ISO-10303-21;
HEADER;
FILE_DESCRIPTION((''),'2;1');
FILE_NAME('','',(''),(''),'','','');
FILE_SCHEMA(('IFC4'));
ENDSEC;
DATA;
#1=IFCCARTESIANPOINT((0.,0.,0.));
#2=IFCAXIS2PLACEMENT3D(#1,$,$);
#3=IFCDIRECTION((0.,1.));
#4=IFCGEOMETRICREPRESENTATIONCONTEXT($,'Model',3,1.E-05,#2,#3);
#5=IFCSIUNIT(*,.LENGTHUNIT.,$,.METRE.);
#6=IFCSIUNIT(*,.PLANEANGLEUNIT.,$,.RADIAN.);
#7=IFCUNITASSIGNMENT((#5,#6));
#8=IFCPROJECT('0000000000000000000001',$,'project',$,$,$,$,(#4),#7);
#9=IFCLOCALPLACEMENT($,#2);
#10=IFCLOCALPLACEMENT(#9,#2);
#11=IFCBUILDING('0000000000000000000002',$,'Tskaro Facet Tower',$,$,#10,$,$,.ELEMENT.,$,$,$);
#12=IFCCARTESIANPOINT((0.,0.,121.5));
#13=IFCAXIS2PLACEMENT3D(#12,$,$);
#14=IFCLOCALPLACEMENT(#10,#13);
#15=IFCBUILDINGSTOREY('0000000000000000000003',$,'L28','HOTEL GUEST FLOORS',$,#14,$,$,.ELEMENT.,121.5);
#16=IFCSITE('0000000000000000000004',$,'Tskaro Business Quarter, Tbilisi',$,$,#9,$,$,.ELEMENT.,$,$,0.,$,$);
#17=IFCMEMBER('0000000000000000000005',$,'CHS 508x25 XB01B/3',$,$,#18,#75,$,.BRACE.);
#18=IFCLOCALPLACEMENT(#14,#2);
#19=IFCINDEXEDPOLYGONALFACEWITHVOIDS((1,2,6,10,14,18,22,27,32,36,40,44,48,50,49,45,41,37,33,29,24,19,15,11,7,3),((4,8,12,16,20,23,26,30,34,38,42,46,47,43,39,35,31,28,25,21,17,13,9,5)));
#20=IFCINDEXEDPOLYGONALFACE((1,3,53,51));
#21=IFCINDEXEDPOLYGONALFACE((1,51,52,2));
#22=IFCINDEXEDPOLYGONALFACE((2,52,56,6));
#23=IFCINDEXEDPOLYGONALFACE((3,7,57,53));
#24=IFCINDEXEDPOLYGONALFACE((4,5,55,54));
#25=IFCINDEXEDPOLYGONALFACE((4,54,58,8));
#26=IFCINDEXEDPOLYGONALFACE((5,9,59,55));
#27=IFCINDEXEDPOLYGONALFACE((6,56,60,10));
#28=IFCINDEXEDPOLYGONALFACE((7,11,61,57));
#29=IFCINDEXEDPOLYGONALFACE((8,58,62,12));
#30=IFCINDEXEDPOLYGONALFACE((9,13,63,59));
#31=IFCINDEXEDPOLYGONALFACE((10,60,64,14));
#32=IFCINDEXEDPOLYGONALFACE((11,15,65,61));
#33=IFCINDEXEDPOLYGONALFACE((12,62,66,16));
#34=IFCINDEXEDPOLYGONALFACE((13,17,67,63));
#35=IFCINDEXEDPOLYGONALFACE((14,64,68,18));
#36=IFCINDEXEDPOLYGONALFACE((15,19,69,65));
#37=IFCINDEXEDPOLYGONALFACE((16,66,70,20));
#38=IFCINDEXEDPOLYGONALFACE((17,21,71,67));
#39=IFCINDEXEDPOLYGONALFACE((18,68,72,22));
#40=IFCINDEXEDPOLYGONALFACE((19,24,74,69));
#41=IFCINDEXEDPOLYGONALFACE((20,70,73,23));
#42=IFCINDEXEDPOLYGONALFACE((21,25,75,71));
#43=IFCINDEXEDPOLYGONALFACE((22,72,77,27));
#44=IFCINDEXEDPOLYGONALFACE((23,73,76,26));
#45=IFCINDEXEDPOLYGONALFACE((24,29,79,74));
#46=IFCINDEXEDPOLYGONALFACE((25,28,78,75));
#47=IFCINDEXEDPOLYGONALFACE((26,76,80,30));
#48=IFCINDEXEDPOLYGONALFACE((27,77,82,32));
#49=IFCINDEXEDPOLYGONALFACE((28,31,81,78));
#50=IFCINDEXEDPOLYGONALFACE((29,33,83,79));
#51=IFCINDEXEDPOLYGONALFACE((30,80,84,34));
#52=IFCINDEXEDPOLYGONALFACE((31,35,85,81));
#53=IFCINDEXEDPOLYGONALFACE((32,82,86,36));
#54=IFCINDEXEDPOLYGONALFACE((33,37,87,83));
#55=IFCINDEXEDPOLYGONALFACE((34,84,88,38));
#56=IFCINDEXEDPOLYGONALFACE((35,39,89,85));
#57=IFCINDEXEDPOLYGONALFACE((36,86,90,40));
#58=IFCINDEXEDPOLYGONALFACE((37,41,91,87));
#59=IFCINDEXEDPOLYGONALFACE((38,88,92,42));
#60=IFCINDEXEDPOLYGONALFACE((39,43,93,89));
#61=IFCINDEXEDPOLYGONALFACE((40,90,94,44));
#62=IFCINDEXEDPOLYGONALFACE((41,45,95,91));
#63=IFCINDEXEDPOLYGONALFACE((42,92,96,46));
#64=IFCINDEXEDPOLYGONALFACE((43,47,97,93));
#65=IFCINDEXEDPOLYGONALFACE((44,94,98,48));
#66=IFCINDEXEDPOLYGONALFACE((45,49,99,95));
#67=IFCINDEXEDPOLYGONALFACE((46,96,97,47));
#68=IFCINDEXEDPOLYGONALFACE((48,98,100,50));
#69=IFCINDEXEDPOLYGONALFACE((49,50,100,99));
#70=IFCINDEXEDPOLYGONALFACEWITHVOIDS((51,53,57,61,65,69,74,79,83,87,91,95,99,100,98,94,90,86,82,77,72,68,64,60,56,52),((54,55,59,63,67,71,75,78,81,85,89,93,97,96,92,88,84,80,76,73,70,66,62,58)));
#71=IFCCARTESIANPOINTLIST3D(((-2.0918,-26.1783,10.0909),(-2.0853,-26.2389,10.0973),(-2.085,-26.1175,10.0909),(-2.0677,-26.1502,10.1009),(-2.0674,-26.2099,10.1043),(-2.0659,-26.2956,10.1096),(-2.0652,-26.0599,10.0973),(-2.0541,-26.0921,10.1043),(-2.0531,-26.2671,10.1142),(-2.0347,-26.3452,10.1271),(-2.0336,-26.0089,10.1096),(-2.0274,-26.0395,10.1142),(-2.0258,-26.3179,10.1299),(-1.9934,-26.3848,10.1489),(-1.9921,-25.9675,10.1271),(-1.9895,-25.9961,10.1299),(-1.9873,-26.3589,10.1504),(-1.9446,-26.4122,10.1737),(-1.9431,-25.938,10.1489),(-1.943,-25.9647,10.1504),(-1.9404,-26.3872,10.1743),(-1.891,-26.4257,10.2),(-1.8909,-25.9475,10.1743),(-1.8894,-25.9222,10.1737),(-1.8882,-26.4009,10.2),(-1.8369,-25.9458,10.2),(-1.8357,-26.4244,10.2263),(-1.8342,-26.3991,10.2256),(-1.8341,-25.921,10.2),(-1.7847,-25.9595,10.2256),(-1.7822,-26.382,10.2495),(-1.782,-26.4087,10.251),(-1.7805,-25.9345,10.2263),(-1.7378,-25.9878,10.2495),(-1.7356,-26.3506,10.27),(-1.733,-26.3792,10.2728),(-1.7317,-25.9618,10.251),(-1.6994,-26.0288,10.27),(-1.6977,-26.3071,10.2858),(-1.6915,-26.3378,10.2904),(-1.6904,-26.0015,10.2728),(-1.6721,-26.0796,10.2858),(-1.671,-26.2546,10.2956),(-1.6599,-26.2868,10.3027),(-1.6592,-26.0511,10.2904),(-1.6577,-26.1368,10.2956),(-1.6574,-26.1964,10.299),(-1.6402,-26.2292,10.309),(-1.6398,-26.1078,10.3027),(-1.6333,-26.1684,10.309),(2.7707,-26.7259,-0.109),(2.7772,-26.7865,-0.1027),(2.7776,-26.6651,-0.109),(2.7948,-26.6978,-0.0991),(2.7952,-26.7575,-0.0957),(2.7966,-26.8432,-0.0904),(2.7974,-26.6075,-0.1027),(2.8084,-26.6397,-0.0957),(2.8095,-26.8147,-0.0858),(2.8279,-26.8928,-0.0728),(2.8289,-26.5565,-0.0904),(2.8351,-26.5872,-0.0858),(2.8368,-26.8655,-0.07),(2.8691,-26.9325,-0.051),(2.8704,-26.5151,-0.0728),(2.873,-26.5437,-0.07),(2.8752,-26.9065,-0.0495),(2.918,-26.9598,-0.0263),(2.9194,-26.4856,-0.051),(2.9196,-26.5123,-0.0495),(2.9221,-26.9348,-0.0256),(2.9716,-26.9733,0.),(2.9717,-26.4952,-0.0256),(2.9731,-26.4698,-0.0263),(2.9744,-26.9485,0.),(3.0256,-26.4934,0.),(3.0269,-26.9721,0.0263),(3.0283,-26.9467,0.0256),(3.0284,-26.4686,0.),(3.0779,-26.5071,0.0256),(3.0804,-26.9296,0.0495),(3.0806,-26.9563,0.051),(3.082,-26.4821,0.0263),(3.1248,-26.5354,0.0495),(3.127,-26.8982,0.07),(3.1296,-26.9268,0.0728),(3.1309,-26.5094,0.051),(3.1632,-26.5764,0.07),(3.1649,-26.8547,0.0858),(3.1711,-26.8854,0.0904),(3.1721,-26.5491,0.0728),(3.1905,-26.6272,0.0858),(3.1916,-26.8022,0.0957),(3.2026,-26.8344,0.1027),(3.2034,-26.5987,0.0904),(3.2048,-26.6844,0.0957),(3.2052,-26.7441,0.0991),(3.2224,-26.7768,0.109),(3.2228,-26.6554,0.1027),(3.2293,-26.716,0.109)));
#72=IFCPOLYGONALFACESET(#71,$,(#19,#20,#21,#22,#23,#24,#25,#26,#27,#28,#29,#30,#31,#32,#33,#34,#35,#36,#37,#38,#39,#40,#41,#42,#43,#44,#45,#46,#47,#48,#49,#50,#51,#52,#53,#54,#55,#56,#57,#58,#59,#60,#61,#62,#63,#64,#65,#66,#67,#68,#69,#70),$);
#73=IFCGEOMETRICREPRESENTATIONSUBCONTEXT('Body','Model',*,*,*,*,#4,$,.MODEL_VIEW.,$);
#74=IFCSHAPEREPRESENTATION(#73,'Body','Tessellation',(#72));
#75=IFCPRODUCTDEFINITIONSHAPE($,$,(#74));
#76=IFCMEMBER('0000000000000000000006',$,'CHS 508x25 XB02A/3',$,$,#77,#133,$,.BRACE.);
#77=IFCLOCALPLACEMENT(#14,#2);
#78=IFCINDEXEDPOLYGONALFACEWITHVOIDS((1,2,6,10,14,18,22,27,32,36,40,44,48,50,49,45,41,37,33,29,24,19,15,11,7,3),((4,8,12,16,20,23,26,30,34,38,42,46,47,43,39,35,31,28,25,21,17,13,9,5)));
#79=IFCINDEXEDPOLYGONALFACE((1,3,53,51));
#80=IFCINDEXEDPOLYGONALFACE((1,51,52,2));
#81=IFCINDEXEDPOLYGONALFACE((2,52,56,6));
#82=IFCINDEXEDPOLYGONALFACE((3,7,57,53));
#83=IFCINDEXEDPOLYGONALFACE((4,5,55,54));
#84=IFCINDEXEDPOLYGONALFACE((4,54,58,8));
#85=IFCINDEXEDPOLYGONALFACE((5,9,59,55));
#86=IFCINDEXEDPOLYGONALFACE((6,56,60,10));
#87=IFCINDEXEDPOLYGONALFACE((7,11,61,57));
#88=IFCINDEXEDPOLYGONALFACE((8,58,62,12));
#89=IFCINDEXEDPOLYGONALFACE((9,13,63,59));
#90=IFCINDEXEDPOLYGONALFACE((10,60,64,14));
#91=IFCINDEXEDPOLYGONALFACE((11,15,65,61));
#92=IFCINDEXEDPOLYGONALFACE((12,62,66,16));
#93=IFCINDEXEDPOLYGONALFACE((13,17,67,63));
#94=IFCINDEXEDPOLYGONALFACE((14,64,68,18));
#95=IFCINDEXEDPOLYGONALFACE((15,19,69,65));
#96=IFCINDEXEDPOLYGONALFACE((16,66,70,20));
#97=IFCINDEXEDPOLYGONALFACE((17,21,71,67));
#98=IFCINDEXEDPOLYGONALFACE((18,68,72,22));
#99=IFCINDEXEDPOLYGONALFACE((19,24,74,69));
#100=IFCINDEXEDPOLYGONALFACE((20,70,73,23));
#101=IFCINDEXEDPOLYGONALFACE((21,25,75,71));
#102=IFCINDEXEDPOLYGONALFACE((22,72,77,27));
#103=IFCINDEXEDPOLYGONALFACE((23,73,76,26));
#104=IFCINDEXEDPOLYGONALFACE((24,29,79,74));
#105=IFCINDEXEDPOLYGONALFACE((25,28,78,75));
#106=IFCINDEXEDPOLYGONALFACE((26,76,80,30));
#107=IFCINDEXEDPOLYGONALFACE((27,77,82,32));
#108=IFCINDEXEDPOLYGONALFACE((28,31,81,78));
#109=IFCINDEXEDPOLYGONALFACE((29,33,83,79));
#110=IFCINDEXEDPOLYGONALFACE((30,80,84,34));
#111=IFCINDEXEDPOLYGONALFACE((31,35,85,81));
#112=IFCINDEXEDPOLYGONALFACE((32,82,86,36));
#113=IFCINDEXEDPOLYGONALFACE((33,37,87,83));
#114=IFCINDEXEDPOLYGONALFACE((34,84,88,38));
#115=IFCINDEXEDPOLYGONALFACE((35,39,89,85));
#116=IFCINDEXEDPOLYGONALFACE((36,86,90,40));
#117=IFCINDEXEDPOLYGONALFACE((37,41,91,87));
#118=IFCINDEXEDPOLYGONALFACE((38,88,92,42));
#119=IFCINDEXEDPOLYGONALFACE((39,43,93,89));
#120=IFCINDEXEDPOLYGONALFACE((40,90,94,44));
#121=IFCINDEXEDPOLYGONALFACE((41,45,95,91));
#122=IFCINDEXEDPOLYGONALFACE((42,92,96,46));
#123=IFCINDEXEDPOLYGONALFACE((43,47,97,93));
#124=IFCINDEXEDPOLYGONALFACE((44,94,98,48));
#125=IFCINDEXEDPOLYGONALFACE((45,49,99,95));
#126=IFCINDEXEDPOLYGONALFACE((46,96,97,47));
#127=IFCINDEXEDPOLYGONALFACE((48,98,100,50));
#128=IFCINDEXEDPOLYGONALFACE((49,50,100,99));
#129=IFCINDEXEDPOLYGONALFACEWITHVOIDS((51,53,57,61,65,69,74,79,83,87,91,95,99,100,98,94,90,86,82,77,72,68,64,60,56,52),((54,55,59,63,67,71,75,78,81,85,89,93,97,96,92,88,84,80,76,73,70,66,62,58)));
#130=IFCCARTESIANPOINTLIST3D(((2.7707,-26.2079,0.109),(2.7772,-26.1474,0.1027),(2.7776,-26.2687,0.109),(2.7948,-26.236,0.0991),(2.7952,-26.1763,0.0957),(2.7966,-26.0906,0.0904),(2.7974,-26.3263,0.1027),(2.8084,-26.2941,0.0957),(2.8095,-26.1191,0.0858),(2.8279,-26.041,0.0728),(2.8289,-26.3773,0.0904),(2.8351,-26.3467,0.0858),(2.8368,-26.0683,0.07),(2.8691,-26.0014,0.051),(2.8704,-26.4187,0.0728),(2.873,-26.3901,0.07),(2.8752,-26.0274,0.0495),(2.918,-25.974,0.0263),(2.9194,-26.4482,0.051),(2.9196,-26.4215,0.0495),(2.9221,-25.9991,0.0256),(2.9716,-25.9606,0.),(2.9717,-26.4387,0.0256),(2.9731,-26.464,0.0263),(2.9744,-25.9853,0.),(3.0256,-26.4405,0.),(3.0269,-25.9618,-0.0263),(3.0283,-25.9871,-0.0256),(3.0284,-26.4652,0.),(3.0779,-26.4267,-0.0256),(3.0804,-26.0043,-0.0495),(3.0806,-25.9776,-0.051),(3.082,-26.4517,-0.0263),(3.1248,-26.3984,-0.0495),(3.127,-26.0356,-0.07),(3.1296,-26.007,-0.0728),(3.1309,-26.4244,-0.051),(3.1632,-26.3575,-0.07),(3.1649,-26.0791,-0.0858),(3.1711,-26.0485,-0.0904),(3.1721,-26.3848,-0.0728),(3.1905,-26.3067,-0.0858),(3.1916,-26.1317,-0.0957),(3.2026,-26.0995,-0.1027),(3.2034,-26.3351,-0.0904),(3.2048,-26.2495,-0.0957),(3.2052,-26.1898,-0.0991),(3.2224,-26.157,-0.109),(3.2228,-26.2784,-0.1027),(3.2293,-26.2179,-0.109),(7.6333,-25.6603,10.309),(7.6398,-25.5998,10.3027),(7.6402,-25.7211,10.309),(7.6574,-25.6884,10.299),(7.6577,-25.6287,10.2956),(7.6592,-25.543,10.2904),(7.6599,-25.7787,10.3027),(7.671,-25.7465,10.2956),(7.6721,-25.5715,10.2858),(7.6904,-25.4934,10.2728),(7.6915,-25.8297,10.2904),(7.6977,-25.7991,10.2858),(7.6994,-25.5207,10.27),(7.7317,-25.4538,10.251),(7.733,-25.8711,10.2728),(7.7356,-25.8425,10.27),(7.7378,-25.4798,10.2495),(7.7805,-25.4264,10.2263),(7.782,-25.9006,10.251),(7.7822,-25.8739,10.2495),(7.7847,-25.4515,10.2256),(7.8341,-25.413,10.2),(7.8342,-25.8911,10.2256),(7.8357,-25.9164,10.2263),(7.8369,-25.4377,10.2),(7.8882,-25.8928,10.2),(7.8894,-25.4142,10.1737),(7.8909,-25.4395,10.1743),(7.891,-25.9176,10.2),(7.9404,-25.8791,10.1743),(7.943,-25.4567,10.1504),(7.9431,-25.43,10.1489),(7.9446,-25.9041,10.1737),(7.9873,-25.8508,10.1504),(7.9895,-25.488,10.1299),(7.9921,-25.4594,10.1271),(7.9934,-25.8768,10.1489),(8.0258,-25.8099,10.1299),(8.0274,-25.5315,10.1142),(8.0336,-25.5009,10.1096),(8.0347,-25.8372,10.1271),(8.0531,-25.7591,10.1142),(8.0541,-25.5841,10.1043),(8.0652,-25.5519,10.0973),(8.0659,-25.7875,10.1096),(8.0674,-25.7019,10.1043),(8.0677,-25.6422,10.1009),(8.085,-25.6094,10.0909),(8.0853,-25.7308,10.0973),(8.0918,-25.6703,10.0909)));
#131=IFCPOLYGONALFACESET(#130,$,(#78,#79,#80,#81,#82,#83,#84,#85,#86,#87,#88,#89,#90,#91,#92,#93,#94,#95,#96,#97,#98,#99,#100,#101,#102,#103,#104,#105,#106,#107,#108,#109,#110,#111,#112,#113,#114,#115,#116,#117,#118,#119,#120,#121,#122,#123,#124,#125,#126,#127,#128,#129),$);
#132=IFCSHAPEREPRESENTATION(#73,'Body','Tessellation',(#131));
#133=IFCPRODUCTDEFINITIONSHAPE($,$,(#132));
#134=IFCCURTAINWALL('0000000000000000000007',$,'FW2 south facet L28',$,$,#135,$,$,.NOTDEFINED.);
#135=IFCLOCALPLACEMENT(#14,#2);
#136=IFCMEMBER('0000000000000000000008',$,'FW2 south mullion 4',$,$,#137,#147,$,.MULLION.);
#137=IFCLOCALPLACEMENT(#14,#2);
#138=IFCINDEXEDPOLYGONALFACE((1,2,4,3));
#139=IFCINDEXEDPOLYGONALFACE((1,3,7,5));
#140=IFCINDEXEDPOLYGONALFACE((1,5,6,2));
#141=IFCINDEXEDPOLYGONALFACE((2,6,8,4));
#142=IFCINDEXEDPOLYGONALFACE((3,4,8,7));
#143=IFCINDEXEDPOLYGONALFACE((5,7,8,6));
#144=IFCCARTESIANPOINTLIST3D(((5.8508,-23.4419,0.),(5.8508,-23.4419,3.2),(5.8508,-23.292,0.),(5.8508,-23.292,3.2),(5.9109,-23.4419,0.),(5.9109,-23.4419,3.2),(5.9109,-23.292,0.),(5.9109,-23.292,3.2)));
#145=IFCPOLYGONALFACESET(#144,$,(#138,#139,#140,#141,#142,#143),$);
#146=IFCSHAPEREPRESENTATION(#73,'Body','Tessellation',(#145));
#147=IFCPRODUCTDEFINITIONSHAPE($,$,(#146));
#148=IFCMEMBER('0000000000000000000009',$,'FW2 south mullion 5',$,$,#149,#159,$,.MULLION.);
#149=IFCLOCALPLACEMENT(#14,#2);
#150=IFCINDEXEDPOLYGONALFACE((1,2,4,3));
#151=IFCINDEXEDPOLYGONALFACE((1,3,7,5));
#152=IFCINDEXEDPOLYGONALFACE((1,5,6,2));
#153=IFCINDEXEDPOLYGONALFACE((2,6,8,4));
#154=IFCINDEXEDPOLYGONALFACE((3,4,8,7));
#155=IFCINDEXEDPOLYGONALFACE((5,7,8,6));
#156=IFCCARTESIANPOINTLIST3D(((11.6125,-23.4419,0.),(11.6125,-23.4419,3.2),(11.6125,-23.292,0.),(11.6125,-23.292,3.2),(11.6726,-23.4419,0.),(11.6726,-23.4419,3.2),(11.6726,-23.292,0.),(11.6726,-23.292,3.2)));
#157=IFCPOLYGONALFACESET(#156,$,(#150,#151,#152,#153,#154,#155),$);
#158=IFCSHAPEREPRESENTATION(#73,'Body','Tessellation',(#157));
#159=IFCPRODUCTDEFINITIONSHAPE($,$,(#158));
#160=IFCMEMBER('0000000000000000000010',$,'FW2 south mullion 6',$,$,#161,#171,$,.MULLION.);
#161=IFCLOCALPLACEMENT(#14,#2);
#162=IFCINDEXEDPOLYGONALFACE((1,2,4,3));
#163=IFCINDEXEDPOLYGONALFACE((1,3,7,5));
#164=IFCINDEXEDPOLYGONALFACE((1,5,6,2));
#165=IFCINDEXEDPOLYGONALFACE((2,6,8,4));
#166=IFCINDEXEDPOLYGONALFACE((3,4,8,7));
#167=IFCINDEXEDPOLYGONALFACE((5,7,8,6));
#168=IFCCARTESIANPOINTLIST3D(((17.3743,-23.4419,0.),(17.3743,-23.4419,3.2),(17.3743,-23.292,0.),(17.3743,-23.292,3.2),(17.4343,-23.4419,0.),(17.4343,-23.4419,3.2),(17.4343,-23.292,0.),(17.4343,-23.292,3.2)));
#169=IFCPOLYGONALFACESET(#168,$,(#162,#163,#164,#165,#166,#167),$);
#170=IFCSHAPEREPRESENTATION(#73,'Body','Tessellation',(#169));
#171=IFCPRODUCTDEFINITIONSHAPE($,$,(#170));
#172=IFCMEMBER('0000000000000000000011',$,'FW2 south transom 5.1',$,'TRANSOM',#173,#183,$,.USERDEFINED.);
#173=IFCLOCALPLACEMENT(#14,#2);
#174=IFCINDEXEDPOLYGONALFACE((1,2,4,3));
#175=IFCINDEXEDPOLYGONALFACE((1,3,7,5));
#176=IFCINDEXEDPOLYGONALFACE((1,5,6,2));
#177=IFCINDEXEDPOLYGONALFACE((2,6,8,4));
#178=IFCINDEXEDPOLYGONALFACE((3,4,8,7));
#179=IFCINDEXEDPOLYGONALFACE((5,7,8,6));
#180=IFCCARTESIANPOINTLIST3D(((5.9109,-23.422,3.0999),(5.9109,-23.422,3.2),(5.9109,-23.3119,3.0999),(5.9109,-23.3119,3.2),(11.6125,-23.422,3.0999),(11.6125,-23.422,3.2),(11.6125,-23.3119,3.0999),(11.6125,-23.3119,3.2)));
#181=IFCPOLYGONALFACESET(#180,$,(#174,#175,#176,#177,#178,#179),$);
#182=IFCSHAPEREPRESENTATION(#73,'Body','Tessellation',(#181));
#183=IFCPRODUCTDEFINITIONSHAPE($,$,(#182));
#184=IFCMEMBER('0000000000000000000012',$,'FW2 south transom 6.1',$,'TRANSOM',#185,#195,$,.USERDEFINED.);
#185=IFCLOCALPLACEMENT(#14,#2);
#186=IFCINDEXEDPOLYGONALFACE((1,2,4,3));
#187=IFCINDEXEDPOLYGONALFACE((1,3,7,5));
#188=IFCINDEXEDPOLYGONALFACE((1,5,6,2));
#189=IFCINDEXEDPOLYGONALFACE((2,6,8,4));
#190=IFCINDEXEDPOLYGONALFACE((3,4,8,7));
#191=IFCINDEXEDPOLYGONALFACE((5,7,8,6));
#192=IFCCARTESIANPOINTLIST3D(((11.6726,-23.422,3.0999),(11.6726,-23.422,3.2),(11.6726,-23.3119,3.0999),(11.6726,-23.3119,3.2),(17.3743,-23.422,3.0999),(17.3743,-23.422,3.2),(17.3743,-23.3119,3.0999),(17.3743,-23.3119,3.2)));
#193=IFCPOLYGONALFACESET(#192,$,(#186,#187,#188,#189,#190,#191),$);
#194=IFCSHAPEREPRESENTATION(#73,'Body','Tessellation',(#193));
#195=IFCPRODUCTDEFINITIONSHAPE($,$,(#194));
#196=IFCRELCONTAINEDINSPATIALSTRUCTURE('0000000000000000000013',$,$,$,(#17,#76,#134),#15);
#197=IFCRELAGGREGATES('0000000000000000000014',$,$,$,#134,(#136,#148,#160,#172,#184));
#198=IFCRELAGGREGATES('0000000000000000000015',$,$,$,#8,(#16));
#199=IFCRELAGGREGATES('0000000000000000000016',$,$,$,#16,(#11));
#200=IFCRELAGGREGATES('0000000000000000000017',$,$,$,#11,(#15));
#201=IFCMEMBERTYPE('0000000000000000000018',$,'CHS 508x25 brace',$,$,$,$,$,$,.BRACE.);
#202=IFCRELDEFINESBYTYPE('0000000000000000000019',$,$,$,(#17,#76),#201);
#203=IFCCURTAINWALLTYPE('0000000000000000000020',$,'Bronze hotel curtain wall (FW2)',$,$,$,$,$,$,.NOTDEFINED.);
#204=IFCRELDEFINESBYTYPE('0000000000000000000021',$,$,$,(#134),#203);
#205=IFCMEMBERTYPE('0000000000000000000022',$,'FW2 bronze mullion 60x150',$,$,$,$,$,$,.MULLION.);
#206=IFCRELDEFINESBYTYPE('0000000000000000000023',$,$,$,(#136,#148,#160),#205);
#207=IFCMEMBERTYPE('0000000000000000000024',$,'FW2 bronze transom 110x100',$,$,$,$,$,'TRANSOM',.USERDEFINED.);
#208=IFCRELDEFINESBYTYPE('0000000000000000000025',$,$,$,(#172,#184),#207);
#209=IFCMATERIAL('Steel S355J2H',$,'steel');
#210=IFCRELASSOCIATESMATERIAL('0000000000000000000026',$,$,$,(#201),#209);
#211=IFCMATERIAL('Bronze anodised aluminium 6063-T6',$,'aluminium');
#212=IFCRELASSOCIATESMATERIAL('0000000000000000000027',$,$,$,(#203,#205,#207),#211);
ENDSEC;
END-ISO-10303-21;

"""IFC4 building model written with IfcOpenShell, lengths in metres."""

from ifc_helpers import new_model, si_unit, direction, frame, origin, origin_2d, place, context, subcontext, project, spatial, rectangle, hollow_circle, extrude, material, material_profile, profile_set, type_object, element, aggregate, save


model = new_model("IFC4")

# Units and contexts
model_context = context("Model", 3, precision=1e-05, world=origin(), true_north=direction((0.0, 1.0)))
body_context = subcontext(model_context, "Body", "Model", "MODEL_VIEW")
ifc_project = project(units=[si_unit("LENGTHUNIT", "METRE"), si_unit("PLANEANGLEUNIT", "RADIAN")], contexts=[model_context])

# Site, building, storey
site_placement = place(None, origin())
site = spatial("IfcSite", under=ifc_project, at=site_placement, Name="Tskaro Business Quarter, Tbilisi", CompositionType="ELEMENT", RefElevation=0.0)
building_placement = place(site_placement, origin())
building = spatial("IfcBuilding", under=site, at=building_placement, Name="Tskaro Facet Tower", CompositionType="ELEMENT")
storey_placement = place(building_placement, frame((0.0, 0.0, 121.5)))
storey = spatial("IfcBuildingStorey", under=building, at=storey_placement, Name="L28", Description="HOTEL GUEST FLOORS", CompositionType="ELEMENT", Elevation=121.5)

# Shared definitions
ifc_material_1 = material(Name="Steel S355J2H", Category="steel")

# Members
ifc_material_profile_1 = material_profile(ifc_material_1, hollow_circle(Radius=0.2539, WallThickness=0.0249, at=origin_2d()), Name="CHS 508x25")
ifc_profile_set_1 = profile_set([ifc_material_profile_1], Name="Steel S355J2H")
member_type_1 = type_object("IfcMemberType", Name="CHS 508x25 brace", PredefinedType="BRACE", material=ifc_profile_set_1)
for number, where, z_axis, x_axis, name in (
    (1, (3.0, -26.7209, 0.0), (-0.429821, 0.048405, 0.901616), (-0.11191, -0.993718, 0.0), "CHS 508x25 XB01B/3"),
    (2, (3.0, -26.2129, 0.0), (0.429821, 0.048405, 0.901616), (-0.11191, 0.993718, 0.0), "CHS 508x25 XB02A/3"),
):
    element("IfcMember", number, at=place(storey_placement, frame(where, z_axis=z_axis, x_axis=x_axis)), inside=storey, type_object=member_type_1, Name=name, PredefinedType="BRACE", context=body_context, shape_type="SweptSolid", body=[
        extrude(hollow_circle(Radius=0.2539, WallThickness=0.0249, at=origin_2d()), origin(), (0.0, 0.0, 1.0), 11.313),
    ])

# Curtain wall, members
ifc_material_2 = material(Name="Bronze anodised aluminium 6063-T6", Category="aluminium")
curtain_wall_type = type_object("IfcCurtainWallType", Name="Bronze hotel curtain wall (FW2)", PredefinedType="NOTDEFINED", material=ifc_material_2)
curtain_wall_placement = place(storey_placement, origin())
curtain_wall = element("IfcCurtainWall", 3, at=curtain_wall_placement, inside=storey, type_object=curtain_wall_type, Name="FW2 south facet L28", PredefinedType="NOTDEFINED")
ifc_material_profile_2 = material_profile(ifc_material_2, rectangle(XDim=0.0601, YDim=0.1499, at=origin_2d()), Name="Mullion 60x150")
ifc_profile_set_2 = profile_set([ifc_material_profile_2], Name="Bronze anodised aluminium 6063-T6")
member_type_2 = type_object("IfcMemberType", Name="FW2 bronze mullion 60x150", PredefinedType="MULLION", material=ifc_profile_set_2)
member_1_placement = place(storey_placement, frame((5.8809, -23.3669, 0.0), z_axis=(0.0, 0.0, 1.0), x_axis=(1.0, 0.0, 0.0)))
member_1 = element("IfcMember", 4, at=member_1_placement, type_object=member_type_2, Name="FW2 south mullion 4", PredefinedType="MULLION", context=body_context, shape_type="SweptSolid", body=[
    extrude(rectangle(XDim=0.0601, YDim=0.1499, at=origin_2d()), origin(), (0.0, 0.0, 1.0), 3.2),
])
member_2_placement = place(storey_placement, frame((11.6426, -23.3669, 0.0), z_axis=(0.0, 0.0, 1.0), x_axis=(1.0, 0.0, 0.0)))
member_2 = element("IfcMember", 5, at=member_2_placement, type_object=member_type_2, Name="FW2 south mullion 5", PredefinedType="MULLION", context=body_context, shape_type="SweptSolid", body=[
    extrude(rectangle(XDim=0.0601, YDim=0.1499, at=origin_2d()), origin(), (0.0, 0.0, 1.0), 3.2),
])
member_3_placement = place(storey_placement, frame((17.4043, -23.3669, 0.0), z_axis=(0.0, 0.0, 1.0), x_axis=(1.0, 0.0, 0.0)))
member_3 = element("IfcMember", 6, at=member_3_placement, type_object=member_type_2, Name="FW2 south mullion 6", PredefinedType="MULLION", context=body_context, shape_type="SweptSolid", body=[
    extrude(rectangle(XDim=0.0601, YDim=0.1499, at=origin_2d()), origin(), (0.0, 0.0, 1.0), 3.2),
])
ifc_material_profile_3 = material_profile(ifc_material_2, rectangle(XDim=0.1101, YDim=0.1001, at=origin_2d()), Name="Transom 110x100")
ifc_profile_set_3 = profile_set([ifc_material_profile_3], Name="Bronze anodised aluminium 6063-T6")
member_type_3 = type_object("IfcMemberType", Name="FW2 bronze transom 110x100", ElementType="TRANSOM", PredefinedType="USERDEFINED", material=ifc_profile_set_3)
member_4_placement = place(storey_placement, frame((5.9109, -23.3669, 3.1499), z_axis=(1.0, 0.0, 0.0), x_axis=(0.0, 1.0, 0.0)))
member_4 = element("IfcMember", 7, at=member_4_placement, type_object=member_type_3, Name="FW2 south transom 5.1", ObjectType="TRANSOM", PredefinedType="USERDEFINED", context=body_context, shape_type="SweptSolid", body=[
    extrude(rectangle(XDim=0.1101, YDim=0.1001, at=origin_2d()), origin(), (0.0, 0.0, 1.0), 5.7017),
])
member_5_placement = place(storey_placement, frame((11.6726, -23.3669, 3.1499), z_axis=(1.0, 0.0, 0.0), x_axis=(0.0, 1.0, 0.0)))
member_5 = element("IfcMember", 8, at=member_5_placement, type_object=member_type_3, Name="FW2 south transom 6.1", ObjectType="TRANSOM", PredefinedType="USERDEFINED", context=body_context, shape_type="SweptSolid", body=[
    extrude(rectangle(XDim=0.1101, YDim=0.1001, at=origin_2d()), origin(), (0.0, 0.0, 1.0), 5.7017),
])
aggregate(curtain_wall, [member_1, member_2, member_3, member_4, member_5])

save(model, "model.ifc")
